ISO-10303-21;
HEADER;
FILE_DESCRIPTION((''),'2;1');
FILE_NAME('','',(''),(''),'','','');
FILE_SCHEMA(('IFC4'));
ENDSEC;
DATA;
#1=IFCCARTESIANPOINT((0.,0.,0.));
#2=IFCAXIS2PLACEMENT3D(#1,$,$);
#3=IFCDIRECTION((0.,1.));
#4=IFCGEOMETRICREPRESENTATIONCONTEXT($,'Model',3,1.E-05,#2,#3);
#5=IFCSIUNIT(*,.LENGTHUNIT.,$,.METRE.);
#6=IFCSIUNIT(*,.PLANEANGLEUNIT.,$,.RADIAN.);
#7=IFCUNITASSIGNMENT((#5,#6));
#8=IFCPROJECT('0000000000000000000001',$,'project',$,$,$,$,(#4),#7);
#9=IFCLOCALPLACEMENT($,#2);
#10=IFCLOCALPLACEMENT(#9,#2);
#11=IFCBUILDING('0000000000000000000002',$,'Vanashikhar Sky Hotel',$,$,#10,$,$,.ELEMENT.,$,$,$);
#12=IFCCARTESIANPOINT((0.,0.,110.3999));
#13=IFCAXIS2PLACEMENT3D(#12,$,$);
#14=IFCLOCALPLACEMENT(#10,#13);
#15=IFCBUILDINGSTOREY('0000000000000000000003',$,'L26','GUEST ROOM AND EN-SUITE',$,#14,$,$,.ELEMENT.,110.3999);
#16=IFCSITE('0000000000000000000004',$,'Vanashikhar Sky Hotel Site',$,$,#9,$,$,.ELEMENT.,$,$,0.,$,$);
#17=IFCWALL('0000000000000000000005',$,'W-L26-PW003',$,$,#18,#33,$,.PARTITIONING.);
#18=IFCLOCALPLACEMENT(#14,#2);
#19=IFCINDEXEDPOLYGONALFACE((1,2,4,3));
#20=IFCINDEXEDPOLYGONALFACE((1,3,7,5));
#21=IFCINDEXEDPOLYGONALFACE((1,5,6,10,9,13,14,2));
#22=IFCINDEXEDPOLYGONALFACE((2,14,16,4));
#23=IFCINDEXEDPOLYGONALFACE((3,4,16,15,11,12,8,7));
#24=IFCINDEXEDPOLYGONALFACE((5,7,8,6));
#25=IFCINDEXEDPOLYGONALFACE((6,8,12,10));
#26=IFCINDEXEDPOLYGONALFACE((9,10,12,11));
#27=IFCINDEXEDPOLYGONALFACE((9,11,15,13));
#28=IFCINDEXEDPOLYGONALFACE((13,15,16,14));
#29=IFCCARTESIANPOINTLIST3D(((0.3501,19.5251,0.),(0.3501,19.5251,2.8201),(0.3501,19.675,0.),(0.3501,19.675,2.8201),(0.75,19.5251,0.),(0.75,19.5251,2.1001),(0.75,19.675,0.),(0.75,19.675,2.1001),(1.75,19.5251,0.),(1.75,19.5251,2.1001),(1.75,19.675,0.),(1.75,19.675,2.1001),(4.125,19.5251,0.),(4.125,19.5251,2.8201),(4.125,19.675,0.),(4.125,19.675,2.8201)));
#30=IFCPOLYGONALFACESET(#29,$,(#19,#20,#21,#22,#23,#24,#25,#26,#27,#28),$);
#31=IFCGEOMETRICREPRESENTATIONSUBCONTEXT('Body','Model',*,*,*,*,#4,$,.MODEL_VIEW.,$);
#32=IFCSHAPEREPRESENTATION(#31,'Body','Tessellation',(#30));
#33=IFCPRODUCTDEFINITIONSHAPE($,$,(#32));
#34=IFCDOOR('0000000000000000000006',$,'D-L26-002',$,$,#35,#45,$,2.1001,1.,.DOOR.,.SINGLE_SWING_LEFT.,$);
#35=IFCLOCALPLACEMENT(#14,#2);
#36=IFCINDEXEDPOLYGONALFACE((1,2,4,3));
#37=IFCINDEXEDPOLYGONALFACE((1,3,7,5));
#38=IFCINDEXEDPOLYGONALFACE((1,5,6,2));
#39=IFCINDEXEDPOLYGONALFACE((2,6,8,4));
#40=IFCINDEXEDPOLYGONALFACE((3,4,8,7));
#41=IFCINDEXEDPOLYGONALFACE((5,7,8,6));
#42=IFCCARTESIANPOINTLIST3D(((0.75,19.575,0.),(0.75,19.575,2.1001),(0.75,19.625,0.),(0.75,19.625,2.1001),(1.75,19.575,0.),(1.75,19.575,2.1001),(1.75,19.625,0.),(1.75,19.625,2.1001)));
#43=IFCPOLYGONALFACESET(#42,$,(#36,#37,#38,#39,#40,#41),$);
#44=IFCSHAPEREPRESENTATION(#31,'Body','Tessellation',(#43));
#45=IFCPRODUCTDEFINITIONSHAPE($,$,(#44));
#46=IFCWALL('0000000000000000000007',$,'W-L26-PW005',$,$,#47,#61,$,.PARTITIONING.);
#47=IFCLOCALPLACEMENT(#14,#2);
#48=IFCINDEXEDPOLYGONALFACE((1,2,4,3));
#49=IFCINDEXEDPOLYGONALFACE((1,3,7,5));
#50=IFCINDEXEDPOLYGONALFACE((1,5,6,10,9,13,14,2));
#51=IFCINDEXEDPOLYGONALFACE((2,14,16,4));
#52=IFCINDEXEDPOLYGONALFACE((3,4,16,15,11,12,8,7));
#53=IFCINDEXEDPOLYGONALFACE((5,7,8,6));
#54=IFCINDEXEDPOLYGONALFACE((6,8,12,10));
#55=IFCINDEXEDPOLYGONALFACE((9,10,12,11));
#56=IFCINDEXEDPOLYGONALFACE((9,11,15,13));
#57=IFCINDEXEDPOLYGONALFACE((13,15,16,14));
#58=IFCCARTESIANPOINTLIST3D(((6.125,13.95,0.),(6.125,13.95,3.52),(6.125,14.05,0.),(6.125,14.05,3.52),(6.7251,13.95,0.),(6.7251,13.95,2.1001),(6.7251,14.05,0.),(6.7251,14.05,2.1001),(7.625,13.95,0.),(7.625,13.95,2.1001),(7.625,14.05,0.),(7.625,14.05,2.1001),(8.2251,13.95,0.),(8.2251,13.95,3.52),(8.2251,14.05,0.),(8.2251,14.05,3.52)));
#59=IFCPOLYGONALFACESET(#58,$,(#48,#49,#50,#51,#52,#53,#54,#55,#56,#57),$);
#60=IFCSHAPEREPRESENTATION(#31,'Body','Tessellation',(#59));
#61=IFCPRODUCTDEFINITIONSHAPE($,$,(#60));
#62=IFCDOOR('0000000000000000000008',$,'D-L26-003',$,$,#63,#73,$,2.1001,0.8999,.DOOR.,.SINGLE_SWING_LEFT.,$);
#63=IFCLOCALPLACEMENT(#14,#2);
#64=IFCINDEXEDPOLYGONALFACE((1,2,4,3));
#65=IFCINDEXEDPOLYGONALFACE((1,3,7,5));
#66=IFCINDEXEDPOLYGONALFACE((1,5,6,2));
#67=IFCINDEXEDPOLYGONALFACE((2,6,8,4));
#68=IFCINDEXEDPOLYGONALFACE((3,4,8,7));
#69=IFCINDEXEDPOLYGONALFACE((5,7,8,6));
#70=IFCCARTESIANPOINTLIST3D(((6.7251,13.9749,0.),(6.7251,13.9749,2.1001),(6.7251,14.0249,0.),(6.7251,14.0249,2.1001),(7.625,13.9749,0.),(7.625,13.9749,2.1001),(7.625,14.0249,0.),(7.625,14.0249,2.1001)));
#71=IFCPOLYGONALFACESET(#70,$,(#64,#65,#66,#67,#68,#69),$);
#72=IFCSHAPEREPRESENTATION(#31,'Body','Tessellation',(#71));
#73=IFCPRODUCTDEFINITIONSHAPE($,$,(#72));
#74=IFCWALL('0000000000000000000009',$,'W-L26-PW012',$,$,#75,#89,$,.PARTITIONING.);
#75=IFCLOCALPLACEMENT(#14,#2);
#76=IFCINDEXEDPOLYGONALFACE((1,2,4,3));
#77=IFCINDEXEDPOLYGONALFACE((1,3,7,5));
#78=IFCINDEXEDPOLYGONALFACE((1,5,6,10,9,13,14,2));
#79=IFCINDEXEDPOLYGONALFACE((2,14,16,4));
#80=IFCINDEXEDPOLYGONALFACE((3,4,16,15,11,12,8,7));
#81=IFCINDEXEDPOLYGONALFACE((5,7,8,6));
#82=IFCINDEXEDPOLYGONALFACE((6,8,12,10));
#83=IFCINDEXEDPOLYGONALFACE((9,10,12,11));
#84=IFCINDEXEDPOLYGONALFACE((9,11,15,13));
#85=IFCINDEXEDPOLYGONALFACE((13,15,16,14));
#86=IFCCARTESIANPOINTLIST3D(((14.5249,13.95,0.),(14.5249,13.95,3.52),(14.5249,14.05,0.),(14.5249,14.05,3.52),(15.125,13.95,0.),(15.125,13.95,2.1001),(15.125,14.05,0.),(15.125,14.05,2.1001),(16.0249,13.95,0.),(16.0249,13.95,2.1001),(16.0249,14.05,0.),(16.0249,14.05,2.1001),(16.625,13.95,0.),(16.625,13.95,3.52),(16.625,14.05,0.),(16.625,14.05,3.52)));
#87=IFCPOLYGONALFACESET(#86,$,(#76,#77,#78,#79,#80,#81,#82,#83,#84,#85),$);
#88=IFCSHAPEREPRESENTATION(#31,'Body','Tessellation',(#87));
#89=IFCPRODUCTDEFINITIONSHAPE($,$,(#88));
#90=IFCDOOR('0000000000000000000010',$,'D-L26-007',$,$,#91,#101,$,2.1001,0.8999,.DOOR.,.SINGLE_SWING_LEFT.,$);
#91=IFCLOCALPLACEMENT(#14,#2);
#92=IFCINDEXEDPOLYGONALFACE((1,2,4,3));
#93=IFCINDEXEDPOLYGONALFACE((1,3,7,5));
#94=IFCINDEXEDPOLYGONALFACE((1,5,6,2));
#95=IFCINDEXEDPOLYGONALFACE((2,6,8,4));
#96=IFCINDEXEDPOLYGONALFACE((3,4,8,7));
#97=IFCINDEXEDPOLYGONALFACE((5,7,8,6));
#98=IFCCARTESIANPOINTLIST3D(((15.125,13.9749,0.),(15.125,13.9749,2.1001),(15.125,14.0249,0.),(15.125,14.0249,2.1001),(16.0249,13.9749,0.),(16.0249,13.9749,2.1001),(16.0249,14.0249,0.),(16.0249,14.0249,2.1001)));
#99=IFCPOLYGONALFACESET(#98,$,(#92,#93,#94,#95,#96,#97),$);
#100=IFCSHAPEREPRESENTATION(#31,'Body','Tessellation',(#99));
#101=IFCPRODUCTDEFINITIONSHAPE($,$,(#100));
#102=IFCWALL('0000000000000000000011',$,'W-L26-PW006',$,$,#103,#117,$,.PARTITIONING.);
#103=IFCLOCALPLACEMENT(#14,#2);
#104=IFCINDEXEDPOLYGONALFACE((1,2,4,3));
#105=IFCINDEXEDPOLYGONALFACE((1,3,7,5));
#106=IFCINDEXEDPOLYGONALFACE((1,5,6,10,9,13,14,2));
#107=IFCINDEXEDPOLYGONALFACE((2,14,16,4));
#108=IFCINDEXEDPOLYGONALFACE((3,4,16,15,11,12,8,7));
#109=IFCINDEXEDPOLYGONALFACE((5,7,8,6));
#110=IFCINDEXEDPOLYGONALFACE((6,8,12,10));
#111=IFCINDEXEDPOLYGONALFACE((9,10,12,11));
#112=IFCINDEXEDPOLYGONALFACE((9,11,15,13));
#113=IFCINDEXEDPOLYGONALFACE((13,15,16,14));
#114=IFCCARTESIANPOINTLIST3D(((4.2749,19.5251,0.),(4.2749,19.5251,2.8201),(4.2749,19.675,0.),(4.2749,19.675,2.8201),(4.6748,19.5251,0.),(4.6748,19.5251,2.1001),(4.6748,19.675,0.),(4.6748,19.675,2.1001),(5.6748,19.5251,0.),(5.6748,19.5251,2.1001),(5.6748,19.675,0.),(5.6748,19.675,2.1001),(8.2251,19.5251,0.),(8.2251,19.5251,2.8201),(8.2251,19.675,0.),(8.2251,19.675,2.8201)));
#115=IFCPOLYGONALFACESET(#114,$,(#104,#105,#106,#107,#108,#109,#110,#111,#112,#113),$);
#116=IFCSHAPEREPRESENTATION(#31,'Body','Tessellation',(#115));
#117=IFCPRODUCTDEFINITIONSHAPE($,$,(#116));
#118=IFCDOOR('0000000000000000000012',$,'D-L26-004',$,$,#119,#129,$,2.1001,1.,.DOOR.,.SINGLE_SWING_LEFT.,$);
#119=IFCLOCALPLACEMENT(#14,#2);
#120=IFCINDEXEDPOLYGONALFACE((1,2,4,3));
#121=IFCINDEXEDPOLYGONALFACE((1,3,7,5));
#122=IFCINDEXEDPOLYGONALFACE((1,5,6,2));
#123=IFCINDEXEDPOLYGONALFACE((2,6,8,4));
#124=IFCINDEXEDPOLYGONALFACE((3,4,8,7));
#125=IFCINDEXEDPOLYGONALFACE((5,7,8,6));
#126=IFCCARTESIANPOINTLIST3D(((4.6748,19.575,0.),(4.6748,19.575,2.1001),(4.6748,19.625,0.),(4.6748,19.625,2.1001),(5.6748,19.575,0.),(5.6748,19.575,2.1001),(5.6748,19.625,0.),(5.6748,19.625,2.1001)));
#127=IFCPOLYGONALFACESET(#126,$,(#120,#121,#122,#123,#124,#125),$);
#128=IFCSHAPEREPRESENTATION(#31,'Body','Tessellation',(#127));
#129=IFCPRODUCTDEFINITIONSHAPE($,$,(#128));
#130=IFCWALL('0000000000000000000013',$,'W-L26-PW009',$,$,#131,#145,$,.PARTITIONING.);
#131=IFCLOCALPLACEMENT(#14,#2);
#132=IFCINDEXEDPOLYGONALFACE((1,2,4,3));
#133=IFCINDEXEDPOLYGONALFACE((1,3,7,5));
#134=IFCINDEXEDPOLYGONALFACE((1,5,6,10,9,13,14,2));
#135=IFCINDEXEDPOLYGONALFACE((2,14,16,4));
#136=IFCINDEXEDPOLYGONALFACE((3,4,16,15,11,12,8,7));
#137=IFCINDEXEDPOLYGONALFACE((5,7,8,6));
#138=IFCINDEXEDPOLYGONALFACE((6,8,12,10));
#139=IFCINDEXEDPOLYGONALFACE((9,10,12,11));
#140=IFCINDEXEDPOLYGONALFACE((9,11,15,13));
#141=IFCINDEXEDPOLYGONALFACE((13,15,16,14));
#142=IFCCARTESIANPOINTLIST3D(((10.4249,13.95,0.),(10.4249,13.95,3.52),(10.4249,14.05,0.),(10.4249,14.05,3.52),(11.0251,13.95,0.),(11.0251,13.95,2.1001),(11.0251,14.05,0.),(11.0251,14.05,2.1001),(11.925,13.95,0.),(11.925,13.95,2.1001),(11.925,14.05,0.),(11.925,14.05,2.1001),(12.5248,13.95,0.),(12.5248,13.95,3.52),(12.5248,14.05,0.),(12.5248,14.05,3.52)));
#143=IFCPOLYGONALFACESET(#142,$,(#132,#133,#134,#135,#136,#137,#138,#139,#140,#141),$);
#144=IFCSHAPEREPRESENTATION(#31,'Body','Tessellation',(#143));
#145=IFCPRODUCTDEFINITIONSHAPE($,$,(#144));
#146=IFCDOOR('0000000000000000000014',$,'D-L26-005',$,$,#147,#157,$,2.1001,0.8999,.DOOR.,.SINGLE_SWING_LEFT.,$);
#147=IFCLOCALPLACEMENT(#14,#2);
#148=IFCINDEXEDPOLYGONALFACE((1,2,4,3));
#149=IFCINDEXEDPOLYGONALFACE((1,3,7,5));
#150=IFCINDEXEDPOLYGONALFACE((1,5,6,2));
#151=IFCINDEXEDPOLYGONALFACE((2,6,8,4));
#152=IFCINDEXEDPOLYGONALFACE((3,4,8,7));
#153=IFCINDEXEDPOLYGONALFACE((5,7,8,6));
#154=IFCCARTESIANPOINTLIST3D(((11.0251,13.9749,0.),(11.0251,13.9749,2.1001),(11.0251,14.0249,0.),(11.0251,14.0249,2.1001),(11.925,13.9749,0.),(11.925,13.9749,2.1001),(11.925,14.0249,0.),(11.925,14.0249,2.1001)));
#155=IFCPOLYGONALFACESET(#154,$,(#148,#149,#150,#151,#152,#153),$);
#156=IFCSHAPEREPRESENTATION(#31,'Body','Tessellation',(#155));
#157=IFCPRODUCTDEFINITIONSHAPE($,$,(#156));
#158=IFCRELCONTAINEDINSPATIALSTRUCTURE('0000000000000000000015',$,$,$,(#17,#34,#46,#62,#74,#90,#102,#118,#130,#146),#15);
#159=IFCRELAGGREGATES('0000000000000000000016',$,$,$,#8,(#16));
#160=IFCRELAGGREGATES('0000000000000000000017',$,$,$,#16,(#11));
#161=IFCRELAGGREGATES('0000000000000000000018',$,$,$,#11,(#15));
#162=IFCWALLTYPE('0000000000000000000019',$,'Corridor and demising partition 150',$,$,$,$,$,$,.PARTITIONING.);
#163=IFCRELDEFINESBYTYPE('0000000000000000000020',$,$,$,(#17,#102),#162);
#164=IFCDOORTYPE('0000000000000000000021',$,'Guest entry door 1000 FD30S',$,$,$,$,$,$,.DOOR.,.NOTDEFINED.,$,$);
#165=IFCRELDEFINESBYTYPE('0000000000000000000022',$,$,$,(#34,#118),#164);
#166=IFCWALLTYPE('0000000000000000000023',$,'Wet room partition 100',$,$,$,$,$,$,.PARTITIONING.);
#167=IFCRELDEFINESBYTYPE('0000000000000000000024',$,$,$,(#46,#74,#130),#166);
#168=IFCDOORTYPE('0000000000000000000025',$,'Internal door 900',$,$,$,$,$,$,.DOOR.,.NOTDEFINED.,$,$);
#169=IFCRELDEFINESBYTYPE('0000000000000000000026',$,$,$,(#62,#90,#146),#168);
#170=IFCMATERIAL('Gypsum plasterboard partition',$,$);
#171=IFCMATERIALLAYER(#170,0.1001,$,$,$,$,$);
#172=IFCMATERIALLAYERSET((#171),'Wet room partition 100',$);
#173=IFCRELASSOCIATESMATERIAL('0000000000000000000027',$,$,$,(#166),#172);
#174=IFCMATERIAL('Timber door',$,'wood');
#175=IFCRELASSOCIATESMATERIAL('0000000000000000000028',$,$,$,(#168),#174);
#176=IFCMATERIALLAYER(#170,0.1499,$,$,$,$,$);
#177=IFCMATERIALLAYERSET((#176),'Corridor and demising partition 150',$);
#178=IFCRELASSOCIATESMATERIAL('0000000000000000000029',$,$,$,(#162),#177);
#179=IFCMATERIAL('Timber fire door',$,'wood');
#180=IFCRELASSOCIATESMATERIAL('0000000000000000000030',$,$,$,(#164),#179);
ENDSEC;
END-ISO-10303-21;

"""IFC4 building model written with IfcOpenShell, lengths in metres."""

from ifc_helpers import new_model, si_unit, direction, frame, frame_2d, origin, place, context, subcontext, project, spatial, rectangle, extrude, source, transform, mapped, material, layer, layer_set, type_object, element, fill, save


model = new_model("IFC4")

# Units and contexts
model_context = context("Model", 3, precision=1e-05, world=origin(), true_north=direction((0.0, 1.0)))
body_context = subcontext(model_context, "Body", "Model", "MODEL_VIEW")
ifc_project = project(units=[si_unit("LENGTHUNIT", "METRE"), si_unit("PLANEANGLEUNIT", "RADIAN")], contexts=[model_context])

# Site, building, storey
site_placement = place(None, origin())
site = spatial("IfcSite", under=ifc_project, at=site_placement, Name="Vanashikhar Sky Hotel Site", CompositionType="ELEMENT", RefElevation=0.0)
building_placement = place(site_placement, origin())
building = spatial("IfcBuilding", under=site, at=building_placement, Name="Vanashikhar Sky Hotel", CompositionType="ELEMENT")
storey_placement = place(building_placement, frame((0.0, 0.0, 110.3999)))
storey = spatial("IfcBuildingStorey", under=building, at=storey_placement, Name="L26", Description="GUEST ROOM AND EN-SUITE", CompositionType="ELEMENT", Elevation=110.3999)

# Shared definitions
ifc_material_1 = material(Name="Gypsum plasterboard partition")
ifc_layer_1 = layer(ifc_material_1, 0.1001)
ifc_layer_set_1 = layer_set([ifc_layer_1], Name="Wet room partition 100")
wall_type_1 = type_object("IfcWallType", Name="Wet room partition 100", PredefinedType="PARTITIONING", material=ifc_layer_set_1)

# Walls, openings, doors
shared_shape_1 = source(origin(), body_context, "Body", "SweptSolid", [
    extrude(rectangle(XDim=0.8999, YDim=2.1001, at=frame_2d((0.45, 1.05))), frame((0.0, 0.0601, 0.0), z_axis=(0.0, -1.0, 0.0), x_axis=(1.0, 0.0, 0.0)), (0.0, 0.0, 1.0), 0.1201),
])
ifc_material_2 = material(Name="Timber door", Category="wood")
door_type_1 = type_object("IfcDoorType", Name="Internal door 900", OperationType="NOTDEFINED", PredefinedType="DOOR", material=ifc_material_2)
shared_shape_2 = source(origin(), body_context, "Body", "SweptSolid", [
    extrude(rectangle(XDim=0.8999, YDim=2.1001, at=frame_2d((0.45, 1.05))), frame((0.0, 0.0249, 0.0), z_axis=(0.0, -1.0, 0.0), x_axis=(1.0, 0.0, 0.0)), (0.0, 0.0, 1.0), 0.05),
])
ifc_layer_2 = layer(ifc_material_1, 0.1499)
ifc_layer_set_2 = layer_set([ifc_layer_2], Name="Corridor and demising partition 150")
wall_type_2 = type_object("IfcWallType", Name="Corridor and demising partition 150", PredefinedType="PARTITIONING", material=ifc_layer_set_2)
shared_shape_3 = source(origin(), body_context, "Body", "SweptSolid", [
    extrude(rectangle(XDim=3.7749, YDim=0.1499, at=frame_2d((1.8875, 0.0))), origin(), (0.0, 0.0, 1.0), 2.8201),
])
wall_1_placement = place(storey_placement, frame((0.3501, 19.6001, 0.0), z_axis=(0.0, 0.0, 1.0), x_axis=(1.0, 0.0, 0.0)))
wall_1 = element("IfcWall", 1, at=wall_1_placement, inside=storey, type_object=wall_type_2, Name="W-L26-PW003", PredefinedType="PARTITIONING", context=body_context, shape_type="MappedRepresentation", body=[
    mapped(shared_shape_3, transform((0.0, 0.0, 0.0), scale=1.0)),
])
shared_shape_4 = source(origin(), body_context, "Body", "SweptSolid", [
    extrude(rectangle(XDim=1.0, YDim=2.1001, at=frame_2d((0.5, 1.05))), frame((0.0, 0.085, 0.0), z_axis=(0.0, -1.0, 0.0), x_axis=(1.0, 0.0, 0.0)), (0.0, 0.0, 1.0), 0.1699),
])
opening_1_placement = place(wall_1_placement, frame((0.3999, 0.0, 0.0)))
opening_1 = element("IfcOpeningElement", 2, at=opening_1_placement, cuts=wall_1, PredefinedType="OPENING", context=body_context, shape_type="MappedRepresentation", body=[
    mapped(shared_shape_4, transform((0.0, 0.0, 0.0), scale=1.0)),
])
ifc_material_3 = material(Name="Timber fire door", Category="wood")
door_type_2 = type_object("IfcDoorType", Name="Guest entry door 1000 FD30S", OperationType="NOTDEFINED", PredefinedType="DOOR", material=ifc_material_3)
shared_shape_5 = source(origin(), body_context, "Body", "SweptSolid", [
    extrude(rectangle(XDim=1.0, YDim=2.1001, at=frame_2d((0.5, 1.05))), frame((0.0, 0.0249, 0.0), z_axis=(0.0, -1.0, 0.0), x_axis=(1.0, 0.0, 0.0)), (0.0, 0.0, 1.0), 0.05),
])
door_1_placement = place(opening_1_placement, origin())
door_1 = element("IfcDoor", 3, at=door_1_placement, inside=storey, type_object=door_type_2, Name="D-L26-002", OperationType="SINGLE_SWING_LEFT", OverallHeight=2.1001, OverallWidth=1.0, PredefinedType="DOOR", context=body_context, shape_type="MappedRepresentation", body=[
    mapped(shared_shape_5, transform((0.0, 0.0, 0.0), scale=1.0)),
])
fill(opening_1, door_1)
shared_shape_6 = source(origin(), body_context, "Body", "SweptSolid", [
    extrude(rectangle(XDim=2.1001, YDim=0.1001, at=frame_2d((1.05, 0.0))), origin(), (0.0, 0.0, 1.0), 3.52),
])
wall_2_placement = place(storey_placement, frame((6.125, 14.0, 0.0), z_axis=(0.0, 0.0, 1.0), x_axis=(1.0, 0.0, 0.0)))
wall_2 = element("IfcWall", 4, at=wall_2_placement, inside=storey, type_object=wall_type_1, Name="W-L26-PW005", PredefinedType="PARTITIONING", context=body_context, shape_type="MappedRepresentation", body=[
    mapped(shared_shape_6, transform((0.0, 0.0, 0.0), scale=1.0)),
])
opening_2_placement = place(wall_2_placement, frame((0.6001, 0.0, 0.0)))
opening_2 = element("IfcOpeningElement", 5, at=opening_2_placement, cuts=wall_2, PredefinedType="OPENING", context=body_context, shape_type="MappedRepresentation", body=[
    mapped(shared_shape_1, transform((0.0, 0.0, 0.0), scale=1.0)),
])
door_2_placement = place(opening_2_placement, origin())
door_2 = element("IfcDoor", 6, at=door_2_placement, inside=storey, type_object=door_type_1, Name="D-L26-003", OperationType="SINGLE_SWING_LEFT", OverallHeight=2.1001, OverallWidth=0.8999, PredefinedType="DOOR", context=body_context, shape_type="MappedRepresentation", body=[
    mapped(shared_shape_2, transform((0.0, 0.0, 0.0), scale=1.0)),
])
fill(opening_2, door_2)
wall_3_placement = place(storey_placement, frame((14.5249, 14.0, 0.0), z_axis=(0.0, 0.0, 1.0), x_axis=(1.0, 0.0, 0.0)))
wall_3 = element("IfcWall", 7, at=wall_3_placement, inside=storey, type_object=wall_type_1, Name="W-L26-PW012", PredefinedType="PARTITIONING", context=body_context, shape_type="MappedRepresentation", body=[
    mapped(shared_shape_6, transform((0.0, 0.0, 0.0), scale=1.0)),
])
opening_3_placement = place(wall_3_placement, frame((0.6001, 0.0, 0.0)))
opening_3 = element("IfcOpeningElement", 8, at=opening_3_placement, cuts=wall_3, PredefinedType="OPENING", context=body_context, shape_type="MappedRepresentation", body=[
    mapped(shared_shape_1, transform((0.0, 0.0, 0.0), scale=1.0)),
])
door_3_placement = place(opening_3_placement, origin())
door_3 = element("IfcDoor", 9, at=door_3_placement, inside=storey, type_object=door_type_1, Name="D-L26-007", OperationType="SINGLE_SWING_LEFT", OverallHeight=2.1001, OverallWidth=0.8999, PredefinedType="DOOR", context=body_context, shape_type="MappedRepresentation", body=[
    mapped(shared_shape_2, transform((0.0, 0.0, 0.0), scale=1.0)),
])
fill(opening_3, door_3)
shared_shape_7 = source(origin(), body_context, "Body", "SweptSolid", [
    extrude(rectangle(XDim=3.9502, YDim=0.1499, at=frame_2d((1.9751, 0.0))), origin(), (0.0, 0.0, 1.0), 2.8201),
])
wall_4_placement = place(storey_placement, frame((4.2749, 19.6001, 0.0), z_axis=(0.0, 0.0, 1.0), x_axis=(1.0, 0.0, 0.0)))
wall_4 = element("IfcWall", 10, at=wall_4_placement, inside=storey, type_object=wall_type_2, Name="W-L26-PW006", PredefinedType="PARTITIONING", context=body_context, shape_type="MappedRepresentation", body=[
    mapped(shared_shape_7, transform((0.0, 0.0, 0.0), scale=1.0)),
])
opening_4_placement = place(wall_4_placement, frame((0.3999, 0.0, 0.0)))
opening_4 = element("IfcOpeningElement", 11, at=opening_4_placement, cuts=wall_4, PredefinedType="OPENING", context=body_context, shape_type="MappedRepresentation", body=[
    mapped(shared_shape_4, transform((0.0, 0.0, 0.0), scale=1.0)),
])
door_4_placement = place(opening_4_placement, origin())
door_4 = element("IfcDoor", 12, at=door_4_placement, inside=storey, type_object=door_type_2, Name="D-L26-004", OperationType="SINGLE_SWING_LEFT", OverallHeight=2.1001, OverallWidth=1.0, PredefinedType="DOOR", context=body_context, shape_type="MappedRepresentation", body=[
    mapped(shared_shape_5, transform((0.0, 0.0, 0.0), scale=1.0)),
])
fill(opening_4, door_4)
shared_shape_8 = source(origin(), body_context, "Body", "SweptSolid", [
    extrude(rectangle(XDim=2.0999, YDim=0.1001, at=frame_2d((1.0498, 0.0))), origin(), (0.0, 0.0, 1.0), 3.52),
])
wall_5_placement = place(storey_placement, frame((10.425, 14.0, 0.0), z_axis=(0.0, 0.0, 1.0), x_axis=(1.0, 0.0, 0.0)))
wall_5 = element("IfcWall", 13, at=wall_5_placement, inside=storey, type_object=wall_type_1, Name="W-L26-PW009", PredefinedType="PARTITIONING", context=body_context, shape_type="MappedRepresentation", body=[
    mapped(shared_shape_8, transform((0.0, 0.0, 0.0), scale=1.0)),
])
opening_5_placement = place(wall_5_placement, frame((0.6001, 0.0, 0.0)))
opening_5 = element("IfcOpeningElement", 14, at=opening_5_placement, cuts=wall_5, PredefinedType="OPENING", context=body_context, shape_type="MappedRepresentation", body=[
    mapped(shared_shape_1, transform((0.0, 0.0, 0.0), scale=1.0)),
])
door_5_placement = place(opening_5_placement, origin())
door_5 = element("IfcDoor", 15, at=door_5_placement, inside=storey, type_object=door_type_1, Name="D-L26-005", OperationType="SINGLE_SWING_LEFT", OverallHeight=2.1001, OverallWidth=0.8999, PredefinedType="DOOR", context=body_context, shape_type="MappedRepresentation", body=[
    mapped(shared_shape_2, transform((0.0, 0.0, 0.0), scale=1.0)),
])
fill(opening_5, door_5)

save(model, "model.ifc")
